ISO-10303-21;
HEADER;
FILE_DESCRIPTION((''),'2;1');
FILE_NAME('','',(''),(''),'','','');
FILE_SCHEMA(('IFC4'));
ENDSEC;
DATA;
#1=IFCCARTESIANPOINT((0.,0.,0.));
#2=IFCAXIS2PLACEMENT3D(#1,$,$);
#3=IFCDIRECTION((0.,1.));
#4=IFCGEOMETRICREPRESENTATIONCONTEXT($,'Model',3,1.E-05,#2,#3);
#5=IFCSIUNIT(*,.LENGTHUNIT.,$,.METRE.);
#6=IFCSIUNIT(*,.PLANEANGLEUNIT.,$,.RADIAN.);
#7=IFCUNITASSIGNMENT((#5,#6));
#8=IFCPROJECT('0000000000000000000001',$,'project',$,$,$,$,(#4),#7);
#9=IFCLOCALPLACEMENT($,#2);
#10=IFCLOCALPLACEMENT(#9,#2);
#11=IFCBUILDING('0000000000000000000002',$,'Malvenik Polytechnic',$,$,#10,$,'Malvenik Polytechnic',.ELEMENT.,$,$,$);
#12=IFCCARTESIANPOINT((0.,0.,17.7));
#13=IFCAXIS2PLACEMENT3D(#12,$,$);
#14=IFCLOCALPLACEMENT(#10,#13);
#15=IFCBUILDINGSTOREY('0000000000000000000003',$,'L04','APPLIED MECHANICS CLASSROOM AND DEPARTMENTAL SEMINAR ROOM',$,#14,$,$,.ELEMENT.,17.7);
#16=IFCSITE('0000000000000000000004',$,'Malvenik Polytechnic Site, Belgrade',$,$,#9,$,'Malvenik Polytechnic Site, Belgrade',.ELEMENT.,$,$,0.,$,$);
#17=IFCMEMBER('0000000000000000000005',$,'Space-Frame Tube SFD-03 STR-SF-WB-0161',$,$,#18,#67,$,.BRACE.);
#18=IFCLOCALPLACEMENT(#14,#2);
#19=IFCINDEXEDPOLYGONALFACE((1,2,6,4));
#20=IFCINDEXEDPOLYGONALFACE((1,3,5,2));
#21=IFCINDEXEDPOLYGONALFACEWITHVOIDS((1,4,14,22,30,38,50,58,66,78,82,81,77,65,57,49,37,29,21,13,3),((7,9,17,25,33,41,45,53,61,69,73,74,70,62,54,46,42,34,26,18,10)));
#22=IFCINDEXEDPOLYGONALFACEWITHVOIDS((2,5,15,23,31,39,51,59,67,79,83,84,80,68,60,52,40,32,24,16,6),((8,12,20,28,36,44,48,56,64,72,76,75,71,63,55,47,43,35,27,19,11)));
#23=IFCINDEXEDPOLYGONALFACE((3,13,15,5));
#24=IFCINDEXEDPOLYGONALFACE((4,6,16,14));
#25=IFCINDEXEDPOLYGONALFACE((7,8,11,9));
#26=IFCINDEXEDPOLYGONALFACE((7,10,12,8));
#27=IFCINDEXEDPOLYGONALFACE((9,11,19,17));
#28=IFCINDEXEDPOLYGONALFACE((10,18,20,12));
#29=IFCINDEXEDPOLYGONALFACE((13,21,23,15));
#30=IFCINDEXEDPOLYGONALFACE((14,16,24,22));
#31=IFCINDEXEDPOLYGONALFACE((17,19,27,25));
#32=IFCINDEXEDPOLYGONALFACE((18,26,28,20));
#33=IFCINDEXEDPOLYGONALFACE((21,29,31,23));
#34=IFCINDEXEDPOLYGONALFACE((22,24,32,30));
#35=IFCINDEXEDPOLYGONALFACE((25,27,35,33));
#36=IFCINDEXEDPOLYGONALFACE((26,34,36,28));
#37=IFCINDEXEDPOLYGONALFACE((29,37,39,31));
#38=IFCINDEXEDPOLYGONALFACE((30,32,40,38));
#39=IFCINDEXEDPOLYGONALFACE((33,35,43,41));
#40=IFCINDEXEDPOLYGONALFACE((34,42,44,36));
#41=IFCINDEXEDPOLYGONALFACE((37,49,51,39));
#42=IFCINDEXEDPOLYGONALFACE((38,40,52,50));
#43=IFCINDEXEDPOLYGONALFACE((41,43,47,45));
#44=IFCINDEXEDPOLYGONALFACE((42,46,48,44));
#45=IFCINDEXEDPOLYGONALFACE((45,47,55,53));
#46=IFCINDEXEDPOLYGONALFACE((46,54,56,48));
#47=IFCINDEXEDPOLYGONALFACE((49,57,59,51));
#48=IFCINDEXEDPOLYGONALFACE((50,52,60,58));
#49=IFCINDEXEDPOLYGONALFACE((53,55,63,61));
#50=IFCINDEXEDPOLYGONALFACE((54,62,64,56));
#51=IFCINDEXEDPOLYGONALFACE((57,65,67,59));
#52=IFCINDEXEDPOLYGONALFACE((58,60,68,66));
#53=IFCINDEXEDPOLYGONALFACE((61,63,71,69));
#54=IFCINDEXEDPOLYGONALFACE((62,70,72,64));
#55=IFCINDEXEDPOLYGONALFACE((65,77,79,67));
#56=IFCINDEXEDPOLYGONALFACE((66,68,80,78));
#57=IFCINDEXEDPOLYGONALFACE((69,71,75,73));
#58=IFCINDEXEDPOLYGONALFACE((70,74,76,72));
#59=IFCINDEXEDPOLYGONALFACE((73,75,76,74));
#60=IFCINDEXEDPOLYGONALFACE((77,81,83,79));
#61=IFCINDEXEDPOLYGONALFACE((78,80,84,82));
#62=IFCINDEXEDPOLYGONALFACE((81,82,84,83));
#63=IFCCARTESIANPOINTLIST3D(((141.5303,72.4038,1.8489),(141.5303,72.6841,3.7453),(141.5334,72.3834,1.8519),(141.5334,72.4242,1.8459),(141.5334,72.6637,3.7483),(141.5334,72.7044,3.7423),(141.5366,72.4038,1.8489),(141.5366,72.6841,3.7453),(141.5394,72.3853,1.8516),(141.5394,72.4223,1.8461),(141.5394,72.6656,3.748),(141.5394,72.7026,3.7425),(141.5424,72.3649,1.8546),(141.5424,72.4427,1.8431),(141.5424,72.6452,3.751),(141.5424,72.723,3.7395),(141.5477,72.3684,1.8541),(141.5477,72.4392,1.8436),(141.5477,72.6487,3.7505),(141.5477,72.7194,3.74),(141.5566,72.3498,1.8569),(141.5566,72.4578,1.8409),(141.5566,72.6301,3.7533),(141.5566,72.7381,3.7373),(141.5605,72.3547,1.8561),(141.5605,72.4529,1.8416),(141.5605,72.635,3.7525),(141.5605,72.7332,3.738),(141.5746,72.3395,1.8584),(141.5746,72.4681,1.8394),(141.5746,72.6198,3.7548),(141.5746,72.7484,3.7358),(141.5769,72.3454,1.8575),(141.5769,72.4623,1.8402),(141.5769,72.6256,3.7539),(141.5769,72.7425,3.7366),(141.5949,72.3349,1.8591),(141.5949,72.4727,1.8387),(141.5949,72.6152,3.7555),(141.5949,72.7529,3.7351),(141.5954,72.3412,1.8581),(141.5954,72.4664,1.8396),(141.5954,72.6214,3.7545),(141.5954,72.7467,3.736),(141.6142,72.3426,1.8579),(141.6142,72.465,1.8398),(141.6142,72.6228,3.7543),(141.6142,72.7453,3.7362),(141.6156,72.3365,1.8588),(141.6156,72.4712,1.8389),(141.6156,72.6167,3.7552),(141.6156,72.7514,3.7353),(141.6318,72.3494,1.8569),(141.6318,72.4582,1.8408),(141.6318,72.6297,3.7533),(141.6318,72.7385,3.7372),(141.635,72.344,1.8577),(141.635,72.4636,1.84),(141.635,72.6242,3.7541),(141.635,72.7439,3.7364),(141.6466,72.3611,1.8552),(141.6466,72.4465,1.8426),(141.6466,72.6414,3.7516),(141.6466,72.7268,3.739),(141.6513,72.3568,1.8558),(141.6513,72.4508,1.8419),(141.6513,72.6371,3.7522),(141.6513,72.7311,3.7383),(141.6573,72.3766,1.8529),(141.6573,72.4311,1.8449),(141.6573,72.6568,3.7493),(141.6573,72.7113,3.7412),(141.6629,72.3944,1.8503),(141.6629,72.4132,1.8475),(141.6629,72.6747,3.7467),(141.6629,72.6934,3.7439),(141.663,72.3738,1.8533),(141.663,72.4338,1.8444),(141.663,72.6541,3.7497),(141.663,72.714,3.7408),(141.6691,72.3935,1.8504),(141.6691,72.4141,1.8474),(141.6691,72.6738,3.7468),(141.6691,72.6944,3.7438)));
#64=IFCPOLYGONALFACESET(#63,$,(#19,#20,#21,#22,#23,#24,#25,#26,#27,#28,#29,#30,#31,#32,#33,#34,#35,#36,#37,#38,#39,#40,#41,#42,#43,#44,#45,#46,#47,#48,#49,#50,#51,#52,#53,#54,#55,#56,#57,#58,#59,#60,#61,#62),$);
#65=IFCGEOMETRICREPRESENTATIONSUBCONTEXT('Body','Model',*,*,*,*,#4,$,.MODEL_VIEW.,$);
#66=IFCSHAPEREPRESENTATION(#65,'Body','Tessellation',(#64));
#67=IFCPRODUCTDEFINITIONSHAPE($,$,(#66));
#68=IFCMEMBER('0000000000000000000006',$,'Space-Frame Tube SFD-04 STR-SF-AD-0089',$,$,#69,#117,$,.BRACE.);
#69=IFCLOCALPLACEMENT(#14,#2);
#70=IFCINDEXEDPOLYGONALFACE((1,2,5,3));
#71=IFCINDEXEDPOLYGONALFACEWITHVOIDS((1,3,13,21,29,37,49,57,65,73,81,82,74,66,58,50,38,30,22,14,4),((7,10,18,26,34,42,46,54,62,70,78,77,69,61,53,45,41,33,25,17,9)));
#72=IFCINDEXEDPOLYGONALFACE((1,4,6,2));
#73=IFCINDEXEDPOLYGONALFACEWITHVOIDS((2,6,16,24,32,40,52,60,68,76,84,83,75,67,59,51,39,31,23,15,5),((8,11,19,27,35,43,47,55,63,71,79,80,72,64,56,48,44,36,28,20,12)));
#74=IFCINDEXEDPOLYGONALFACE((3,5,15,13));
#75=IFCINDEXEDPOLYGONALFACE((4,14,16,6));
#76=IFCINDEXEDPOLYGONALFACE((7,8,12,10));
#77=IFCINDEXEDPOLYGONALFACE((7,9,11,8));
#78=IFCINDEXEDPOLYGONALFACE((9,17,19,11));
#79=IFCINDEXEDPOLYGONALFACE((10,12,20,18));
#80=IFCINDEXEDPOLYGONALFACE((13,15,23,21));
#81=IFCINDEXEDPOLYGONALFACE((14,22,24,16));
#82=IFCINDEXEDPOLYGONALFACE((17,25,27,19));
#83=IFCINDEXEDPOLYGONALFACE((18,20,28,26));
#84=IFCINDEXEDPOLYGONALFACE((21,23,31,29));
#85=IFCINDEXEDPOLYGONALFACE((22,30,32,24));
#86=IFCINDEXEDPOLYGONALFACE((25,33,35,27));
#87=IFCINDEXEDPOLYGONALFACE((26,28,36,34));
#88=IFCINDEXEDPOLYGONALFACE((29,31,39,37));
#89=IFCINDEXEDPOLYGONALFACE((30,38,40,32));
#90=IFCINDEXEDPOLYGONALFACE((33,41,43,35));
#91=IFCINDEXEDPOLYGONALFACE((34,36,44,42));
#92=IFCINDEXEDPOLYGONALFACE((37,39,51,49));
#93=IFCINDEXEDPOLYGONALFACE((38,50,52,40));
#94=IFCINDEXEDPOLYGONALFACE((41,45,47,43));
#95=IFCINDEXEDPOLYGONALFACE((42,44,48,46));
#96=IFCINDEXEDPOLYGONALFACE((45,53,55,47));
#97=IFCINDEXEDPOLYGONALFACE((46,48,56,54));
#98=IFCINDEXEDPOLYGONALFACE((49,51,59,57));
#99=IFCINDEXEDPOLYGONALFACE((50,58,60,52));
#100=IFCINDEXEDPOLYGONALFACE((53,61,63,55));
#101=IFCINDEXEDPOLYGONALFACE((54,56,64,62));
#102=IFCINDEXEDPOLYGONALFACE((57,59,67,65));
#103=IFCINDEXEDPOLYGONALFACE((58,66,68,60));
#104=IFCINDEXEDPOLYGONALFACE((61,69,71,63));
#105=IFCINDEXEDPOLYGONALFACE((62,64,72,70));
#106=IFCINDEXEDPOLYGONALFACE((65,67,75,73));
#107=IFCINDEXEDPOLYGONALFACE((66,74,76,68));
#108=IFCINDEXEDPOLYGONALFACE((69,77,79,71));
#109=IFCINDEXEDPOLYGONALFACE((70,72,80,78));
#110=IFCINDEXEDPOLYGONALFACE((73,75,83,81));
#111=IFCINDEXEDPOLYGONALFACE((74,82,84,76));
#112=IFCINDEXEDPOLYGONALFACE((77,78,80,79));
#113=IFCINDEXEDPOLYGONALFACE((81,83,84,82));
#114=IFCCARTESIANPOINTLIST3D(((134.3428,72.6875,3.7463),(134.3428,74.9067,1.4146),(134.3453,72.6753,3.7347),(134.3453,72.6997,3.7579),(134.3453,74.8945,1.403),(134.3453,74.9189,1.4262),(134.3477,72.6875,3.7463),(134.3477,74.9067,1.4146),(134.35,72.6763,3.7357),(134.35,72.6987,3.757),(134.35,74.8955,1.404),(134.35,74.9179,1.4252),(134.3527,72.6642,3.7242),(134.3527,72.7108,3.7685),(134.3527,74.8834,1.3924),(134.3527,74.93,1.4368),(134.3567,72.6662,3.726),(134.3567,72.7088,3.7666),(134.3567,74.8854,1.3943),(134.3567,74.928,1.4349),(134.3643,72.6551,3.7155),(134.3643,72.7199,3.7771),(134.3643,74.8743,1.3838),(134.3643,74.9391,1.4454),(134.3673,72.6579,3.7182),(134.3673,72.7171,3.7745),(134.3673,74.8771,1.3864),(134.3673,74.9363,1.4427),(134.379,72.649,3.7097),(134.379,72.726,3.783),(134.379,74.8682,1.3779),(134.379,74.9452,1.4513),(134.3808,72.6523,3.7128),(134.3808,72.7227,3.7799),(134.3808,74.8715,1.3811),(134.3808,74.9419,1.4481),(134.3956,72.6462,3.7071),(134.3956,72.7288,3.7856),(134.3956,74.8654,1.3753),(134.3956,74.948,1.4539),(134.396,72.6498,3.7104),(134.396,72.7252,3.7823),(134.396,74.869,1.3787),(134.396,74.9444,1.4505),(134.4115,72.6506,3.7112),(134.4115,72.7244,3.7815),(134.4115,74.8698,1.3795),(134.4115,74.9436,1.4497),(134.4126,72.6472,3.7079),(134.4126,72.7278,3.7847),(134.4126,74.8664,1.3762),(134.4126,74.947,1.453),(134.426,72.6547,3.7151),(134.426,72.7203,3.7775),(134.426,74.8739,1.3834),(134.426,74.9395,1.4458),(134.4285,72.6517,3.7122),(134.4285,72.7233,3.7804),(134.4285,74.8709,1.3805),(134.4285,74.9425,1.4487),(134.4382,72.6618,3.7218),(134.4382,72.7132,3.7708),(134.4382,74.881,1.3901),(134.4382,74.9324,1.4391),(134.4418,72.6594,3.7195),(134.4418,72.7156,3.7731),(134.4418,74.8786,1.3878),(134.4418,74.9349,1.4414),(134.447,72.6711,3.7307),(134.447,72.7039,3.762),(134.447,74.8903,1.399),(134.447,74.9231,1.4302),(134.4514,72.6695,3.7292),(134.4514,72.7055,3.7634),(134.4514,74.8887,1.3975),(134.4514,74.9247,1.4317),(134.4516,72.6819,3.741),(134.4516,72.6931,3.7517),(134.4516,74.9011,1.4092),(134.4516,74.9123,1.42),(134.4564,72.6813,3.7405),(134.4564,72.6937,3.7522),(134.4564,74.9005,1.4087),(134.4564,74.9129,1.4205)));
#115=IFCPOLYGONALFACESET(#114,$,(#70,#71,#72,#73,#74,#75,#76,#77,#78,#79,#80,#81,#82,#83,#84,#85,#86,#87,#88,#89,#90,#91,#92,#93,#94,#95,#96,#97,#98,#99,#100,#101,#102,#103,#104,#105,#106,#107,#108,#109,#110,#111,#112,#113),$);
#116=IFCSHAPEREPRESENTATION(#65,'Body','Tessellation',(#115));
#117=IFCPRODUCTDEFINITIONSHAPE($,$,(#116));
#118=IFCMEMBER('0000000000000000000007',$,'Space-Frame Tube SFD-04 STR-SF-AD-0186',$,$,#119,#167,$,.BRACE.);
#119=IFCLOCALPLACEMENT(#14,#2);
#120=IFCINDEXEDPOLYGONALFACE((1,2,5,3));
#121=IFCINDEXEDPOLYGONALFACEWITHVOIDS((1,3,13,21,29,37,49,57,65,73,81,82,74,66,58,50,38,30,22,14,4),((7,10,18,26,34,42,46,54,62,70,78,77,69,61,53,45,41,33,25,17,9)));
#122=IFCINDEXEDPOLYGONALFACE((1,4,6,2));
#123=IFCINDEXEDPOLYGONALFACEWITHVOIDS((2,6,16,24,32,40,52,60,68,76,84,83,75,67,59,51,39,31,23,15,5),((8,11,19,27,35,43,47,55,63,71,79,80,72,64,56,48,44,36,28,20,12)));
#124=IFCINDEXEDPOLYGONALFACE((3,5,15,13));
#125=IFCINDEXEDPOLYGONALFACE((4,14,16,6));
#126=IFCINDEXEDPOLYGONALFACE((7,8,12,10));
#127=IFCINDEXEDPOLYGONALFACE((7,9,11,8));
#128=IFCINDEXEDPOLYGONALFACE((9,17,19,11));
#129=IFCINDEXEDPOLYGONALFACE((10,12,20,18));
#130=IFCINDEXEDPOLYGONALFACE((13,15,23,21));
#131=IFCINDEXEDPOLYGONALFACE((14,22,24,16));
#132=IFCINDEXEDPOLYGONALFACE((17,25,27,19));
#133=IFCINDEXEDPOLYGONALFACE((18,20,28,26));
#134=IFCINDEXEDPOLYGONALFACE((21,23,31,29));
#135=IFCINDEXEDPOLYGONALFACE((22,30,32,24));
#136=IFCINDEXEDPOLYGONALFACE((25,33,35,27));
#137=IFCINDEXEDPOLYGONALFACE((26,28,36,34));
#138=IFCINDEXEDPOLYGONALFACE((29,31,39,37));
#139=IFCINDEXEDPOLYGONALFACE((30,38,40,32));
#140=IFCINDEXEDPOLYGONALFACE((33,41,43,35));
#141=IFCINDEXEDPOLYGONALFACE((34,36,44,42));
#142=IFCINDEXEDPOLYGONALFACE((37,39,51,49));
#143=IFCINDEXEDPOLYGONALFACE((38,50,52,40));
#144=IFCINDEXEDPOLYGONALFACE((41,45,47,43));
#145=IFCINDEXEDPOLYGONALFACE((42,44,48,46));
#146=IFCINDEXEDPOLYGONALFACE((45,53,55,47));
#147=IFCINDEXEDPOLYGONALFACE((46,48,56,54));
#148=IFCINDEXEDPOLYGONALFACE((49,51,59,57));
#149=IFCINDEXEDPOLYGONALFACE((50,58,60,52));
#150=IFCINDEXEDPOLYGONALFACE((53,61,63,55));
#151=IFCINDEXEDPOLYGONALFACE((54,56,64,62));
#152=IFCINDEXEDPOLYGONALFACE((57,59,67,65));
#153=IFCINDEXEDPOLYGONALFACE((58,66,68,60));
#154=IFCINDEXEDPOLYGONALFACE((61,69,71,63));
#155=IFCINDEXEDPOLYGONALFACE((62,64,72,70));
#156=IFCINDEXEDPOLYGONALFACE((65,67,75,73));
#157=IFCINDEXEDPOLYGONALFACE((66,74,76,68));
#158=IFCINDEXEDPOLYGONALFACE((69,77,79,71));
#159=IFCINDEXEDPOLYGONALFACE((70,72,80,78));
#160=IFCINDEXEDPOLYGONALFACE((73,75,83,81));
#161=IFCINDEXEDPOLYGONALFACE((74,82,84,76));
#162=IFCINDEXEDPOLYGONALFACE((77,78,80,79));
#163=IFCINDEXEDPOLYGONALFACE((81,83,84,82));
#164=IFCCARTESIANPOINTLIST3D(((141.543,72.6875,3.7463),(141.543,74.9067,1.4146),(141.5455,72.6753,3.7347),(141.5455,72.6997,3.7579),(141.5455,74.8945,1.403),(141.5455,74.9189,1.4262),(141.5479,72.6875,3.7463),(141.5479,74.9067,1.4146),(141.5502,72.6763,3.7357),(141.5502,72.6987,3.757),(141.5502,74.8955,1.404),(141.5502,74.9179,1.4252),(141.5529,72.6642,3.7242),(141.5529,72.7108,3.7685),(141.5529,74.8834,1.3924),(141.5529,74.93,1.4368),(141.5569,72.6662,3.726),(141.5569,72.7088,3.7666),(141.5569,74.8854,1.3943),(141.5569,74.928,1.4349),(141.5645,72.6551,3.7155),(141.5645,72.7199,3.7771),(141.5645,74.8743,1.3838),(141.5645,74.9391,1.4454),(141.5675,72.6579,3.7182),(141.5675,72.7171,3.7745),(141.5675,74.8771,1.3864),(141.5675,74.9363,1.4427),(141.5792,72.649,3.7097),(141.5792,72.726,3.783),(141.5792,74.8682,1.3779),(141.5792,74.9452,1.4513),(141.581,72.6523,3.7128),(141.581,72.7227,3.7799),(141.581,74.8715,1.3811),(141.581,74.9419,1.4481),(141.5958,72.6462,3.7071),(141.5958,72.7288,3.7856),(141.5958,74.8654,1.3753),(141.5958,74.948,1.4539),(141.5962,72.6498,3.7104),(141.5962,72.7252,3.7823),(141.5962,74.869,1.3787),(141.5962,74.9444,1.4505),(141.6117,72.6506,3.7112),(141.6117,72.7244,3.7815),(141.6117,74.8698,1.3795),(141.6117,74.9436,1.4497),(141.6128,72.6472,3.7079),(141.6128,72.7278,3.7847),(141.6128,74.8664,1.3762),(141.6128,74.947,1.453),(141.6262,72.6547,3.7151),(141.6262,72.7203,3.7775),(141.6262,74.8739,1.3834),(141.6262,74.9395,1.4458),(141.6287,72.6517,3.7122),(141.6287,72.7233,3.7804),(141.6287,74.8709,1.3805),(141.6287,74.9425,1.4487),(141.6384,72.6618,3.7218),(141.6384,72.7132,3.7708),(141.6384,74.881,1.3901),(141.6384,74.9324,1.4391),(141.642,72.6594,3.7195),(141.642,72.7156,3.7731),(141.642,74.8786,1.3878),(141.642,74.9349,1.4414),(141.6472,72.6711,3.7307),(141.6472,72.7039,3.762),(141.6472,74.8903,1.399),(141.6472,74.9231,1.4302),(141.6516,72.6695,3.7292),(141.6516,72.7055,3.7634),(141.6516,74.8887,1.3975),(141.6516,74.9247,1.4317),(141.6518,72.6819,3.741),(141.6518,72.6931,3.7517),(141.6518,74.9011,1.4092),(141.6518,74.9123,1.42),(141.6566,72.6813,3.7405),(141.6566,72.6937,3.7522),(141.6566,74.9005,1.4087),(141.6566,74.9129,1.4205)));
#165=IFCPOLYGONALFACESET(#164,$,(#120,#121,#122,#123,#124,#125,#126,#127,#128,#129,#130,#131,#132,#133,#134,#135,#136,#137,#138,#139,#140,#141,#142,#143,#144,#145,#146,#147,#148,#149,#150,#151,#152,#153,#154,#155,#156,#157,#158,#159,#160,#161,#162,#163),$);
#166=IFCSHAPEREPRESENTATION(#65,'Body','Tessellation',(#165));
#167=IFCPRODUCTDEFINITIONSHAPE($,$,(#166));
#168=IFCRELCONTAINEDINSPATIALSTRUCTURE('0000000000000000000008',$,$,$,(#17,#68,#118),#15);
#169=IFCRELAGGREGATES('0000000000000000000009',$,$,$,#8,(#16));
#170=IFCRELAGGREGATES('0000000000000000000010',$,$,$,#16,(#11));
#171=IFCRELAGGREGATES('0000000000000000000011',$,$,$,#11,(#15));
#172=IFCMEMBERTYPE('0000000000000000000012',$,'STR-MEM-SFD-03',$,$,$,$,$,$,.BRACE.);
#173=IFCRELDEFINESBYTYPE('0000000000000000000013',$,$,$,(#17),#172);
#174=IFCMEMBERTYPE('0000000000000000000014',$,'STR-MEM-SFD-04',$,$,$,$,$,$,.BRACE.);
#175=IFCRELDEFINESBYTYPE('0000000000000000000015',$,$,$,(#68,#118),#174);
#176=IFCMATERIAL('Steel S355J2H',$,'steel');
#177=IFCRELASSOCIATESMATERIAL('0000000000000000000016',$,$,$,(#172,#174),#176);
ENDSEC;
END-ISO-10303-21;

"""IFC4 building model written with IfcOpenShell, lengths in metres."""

from ifc_helpers import new_model, si_unit, direction, frame, origin, origin_2d, place, context, subcontext, project, spatial, hollow_circle, extrude, material, material_profile, profile_set, type_object, element, save


model = new_model("IFC4")

# Units and contexts
model_context = context("Model", 3, precision=1e-05, world=origin(), true_north=direction((0.0, 1.0)))
body_context = subcontext(model_context, "Body", "Model", "MODEL_VIEW")
ifc_project = project(units=[si_unit("LENGTHUNIT", "METRE"), si_unit("PLANEANGLEUNIT", "RADIAN")], contexts=[model_context])

# Site, building, storey
site_placement = place(None, origin())
site = spatial("IfcSite", under=ifc_project, at=site_placement, Name="Malvenik Polytechnic Site, Belgrade", LongName="Malvenik Polytechnic Site, Belgrade", CompositionType="ELEMENT", RefElevation=0.0)
building_placement = place(site_placement, origin())
building = spatial("IfcBuilding", under=site, at=building_placement, Name="Malvenik Polytechnic", LongName="Malvenik Polytechnic", CompositionType="ELEMENT")
storey_placement = place(building_placement, frame((0.0, 0.0, 17.7)))
storey = spatial("IfcBuildingStorey", under=building, at=storey_placement, Name="L04", Description="APPLIED MECHANICS CLASSROOM AND DEPARTMENTAL SEMINAR ROOM", CompositionType="ELEMENT", Elevation=17.7)

# Members
ifc_material_1 = material(Name="Steel S355J2H", Category="steel")
ifc_material_profile_1 = material_profile(ifc_material_1, hollow_circle(Radius=0.0698, WallThickness=0.0063, at=origin_2d()), Name="CHS 139.7x6.3")
ifc_profile_set_1 = profile_set([ifc_material_profile_1], Name="Steel S355J2H")
member_type_1 = type_object("IfcMemberType", Name="STR-MEM-SFD-03", PredefinedType="BRACE", material=ifc_profile_set_1)
for number, where, z_axis, x_axis, name in (
    (1, (141.6001, 72.4038, 1.8489), (0.0, 0.146198, 0.989255), (-1.0, 0.0, 0.0), "Space-Frame Tube SFD-03 STR-SF-WB-0161"),
):
    element("IfcMember", number, at=place(storey_placement, frame(where, z_axis=z_axis, x_axis=x_axis)), inside=storey, type_object=member_type_1, Name=name, PredefinedType="BRACE", context=body_context, shape_type="SweptSolid", body=[
        extrude(hollow_circle(Radius=0.0698, WallThickness=0.0063, at=origin_2d()), origin(), (0.0, 0.0, 1.0), 1.917),
    ])
ifc_material_profile_2 = material_profile(ifc_material_1, hollow_circle(Radius=0.0571, WallThickness=0.0049, at=origin_2d()), Name="CHS 114.3x5.0")
ifc_profile_set_2 = profile_set([ifc_material_profile_2], Name="Steel S355J2H")
member_type_2 = type_object("IfcMemberType", Name="STR-MEM-SFD-04", PredefinedType="BRACE", material=ifc_profile_set_2)
for number, where, z_axis, x_axis, name in (
    (2, (134.3999, 72.6875, 3.7463), (0.0, 0.689409, -0.724372), (-1.0, 0.0, 0.0), "Space-Frame Tube SFD-04 STR-SF-AD-0089"),
    (3, (141.6001, 72.6875, 3.7463), (0.0, 0.689409, -0.724372), (-1.0, 0.0, 0.0), "Space-Frame Tube SFD-04 STR-SF-AD-0186"),
):
    element("IfcMember", number, at=place(storey_placement, frame(where, z_axis=z_axis, x_axis=x_axis)), inside=storey, type_object=member_type_2, Name=name, PredefinedType="BRACE", context=body_context, shape_type="SweptSolid", body=[
        extrude(hollow_circle(Radius=0.0571, WallThickness=0.0049, at=origin_2d()), origin(), (0.0, 0.0, 1.0), 3.219),
    ])

save(model, "model.ifc")
